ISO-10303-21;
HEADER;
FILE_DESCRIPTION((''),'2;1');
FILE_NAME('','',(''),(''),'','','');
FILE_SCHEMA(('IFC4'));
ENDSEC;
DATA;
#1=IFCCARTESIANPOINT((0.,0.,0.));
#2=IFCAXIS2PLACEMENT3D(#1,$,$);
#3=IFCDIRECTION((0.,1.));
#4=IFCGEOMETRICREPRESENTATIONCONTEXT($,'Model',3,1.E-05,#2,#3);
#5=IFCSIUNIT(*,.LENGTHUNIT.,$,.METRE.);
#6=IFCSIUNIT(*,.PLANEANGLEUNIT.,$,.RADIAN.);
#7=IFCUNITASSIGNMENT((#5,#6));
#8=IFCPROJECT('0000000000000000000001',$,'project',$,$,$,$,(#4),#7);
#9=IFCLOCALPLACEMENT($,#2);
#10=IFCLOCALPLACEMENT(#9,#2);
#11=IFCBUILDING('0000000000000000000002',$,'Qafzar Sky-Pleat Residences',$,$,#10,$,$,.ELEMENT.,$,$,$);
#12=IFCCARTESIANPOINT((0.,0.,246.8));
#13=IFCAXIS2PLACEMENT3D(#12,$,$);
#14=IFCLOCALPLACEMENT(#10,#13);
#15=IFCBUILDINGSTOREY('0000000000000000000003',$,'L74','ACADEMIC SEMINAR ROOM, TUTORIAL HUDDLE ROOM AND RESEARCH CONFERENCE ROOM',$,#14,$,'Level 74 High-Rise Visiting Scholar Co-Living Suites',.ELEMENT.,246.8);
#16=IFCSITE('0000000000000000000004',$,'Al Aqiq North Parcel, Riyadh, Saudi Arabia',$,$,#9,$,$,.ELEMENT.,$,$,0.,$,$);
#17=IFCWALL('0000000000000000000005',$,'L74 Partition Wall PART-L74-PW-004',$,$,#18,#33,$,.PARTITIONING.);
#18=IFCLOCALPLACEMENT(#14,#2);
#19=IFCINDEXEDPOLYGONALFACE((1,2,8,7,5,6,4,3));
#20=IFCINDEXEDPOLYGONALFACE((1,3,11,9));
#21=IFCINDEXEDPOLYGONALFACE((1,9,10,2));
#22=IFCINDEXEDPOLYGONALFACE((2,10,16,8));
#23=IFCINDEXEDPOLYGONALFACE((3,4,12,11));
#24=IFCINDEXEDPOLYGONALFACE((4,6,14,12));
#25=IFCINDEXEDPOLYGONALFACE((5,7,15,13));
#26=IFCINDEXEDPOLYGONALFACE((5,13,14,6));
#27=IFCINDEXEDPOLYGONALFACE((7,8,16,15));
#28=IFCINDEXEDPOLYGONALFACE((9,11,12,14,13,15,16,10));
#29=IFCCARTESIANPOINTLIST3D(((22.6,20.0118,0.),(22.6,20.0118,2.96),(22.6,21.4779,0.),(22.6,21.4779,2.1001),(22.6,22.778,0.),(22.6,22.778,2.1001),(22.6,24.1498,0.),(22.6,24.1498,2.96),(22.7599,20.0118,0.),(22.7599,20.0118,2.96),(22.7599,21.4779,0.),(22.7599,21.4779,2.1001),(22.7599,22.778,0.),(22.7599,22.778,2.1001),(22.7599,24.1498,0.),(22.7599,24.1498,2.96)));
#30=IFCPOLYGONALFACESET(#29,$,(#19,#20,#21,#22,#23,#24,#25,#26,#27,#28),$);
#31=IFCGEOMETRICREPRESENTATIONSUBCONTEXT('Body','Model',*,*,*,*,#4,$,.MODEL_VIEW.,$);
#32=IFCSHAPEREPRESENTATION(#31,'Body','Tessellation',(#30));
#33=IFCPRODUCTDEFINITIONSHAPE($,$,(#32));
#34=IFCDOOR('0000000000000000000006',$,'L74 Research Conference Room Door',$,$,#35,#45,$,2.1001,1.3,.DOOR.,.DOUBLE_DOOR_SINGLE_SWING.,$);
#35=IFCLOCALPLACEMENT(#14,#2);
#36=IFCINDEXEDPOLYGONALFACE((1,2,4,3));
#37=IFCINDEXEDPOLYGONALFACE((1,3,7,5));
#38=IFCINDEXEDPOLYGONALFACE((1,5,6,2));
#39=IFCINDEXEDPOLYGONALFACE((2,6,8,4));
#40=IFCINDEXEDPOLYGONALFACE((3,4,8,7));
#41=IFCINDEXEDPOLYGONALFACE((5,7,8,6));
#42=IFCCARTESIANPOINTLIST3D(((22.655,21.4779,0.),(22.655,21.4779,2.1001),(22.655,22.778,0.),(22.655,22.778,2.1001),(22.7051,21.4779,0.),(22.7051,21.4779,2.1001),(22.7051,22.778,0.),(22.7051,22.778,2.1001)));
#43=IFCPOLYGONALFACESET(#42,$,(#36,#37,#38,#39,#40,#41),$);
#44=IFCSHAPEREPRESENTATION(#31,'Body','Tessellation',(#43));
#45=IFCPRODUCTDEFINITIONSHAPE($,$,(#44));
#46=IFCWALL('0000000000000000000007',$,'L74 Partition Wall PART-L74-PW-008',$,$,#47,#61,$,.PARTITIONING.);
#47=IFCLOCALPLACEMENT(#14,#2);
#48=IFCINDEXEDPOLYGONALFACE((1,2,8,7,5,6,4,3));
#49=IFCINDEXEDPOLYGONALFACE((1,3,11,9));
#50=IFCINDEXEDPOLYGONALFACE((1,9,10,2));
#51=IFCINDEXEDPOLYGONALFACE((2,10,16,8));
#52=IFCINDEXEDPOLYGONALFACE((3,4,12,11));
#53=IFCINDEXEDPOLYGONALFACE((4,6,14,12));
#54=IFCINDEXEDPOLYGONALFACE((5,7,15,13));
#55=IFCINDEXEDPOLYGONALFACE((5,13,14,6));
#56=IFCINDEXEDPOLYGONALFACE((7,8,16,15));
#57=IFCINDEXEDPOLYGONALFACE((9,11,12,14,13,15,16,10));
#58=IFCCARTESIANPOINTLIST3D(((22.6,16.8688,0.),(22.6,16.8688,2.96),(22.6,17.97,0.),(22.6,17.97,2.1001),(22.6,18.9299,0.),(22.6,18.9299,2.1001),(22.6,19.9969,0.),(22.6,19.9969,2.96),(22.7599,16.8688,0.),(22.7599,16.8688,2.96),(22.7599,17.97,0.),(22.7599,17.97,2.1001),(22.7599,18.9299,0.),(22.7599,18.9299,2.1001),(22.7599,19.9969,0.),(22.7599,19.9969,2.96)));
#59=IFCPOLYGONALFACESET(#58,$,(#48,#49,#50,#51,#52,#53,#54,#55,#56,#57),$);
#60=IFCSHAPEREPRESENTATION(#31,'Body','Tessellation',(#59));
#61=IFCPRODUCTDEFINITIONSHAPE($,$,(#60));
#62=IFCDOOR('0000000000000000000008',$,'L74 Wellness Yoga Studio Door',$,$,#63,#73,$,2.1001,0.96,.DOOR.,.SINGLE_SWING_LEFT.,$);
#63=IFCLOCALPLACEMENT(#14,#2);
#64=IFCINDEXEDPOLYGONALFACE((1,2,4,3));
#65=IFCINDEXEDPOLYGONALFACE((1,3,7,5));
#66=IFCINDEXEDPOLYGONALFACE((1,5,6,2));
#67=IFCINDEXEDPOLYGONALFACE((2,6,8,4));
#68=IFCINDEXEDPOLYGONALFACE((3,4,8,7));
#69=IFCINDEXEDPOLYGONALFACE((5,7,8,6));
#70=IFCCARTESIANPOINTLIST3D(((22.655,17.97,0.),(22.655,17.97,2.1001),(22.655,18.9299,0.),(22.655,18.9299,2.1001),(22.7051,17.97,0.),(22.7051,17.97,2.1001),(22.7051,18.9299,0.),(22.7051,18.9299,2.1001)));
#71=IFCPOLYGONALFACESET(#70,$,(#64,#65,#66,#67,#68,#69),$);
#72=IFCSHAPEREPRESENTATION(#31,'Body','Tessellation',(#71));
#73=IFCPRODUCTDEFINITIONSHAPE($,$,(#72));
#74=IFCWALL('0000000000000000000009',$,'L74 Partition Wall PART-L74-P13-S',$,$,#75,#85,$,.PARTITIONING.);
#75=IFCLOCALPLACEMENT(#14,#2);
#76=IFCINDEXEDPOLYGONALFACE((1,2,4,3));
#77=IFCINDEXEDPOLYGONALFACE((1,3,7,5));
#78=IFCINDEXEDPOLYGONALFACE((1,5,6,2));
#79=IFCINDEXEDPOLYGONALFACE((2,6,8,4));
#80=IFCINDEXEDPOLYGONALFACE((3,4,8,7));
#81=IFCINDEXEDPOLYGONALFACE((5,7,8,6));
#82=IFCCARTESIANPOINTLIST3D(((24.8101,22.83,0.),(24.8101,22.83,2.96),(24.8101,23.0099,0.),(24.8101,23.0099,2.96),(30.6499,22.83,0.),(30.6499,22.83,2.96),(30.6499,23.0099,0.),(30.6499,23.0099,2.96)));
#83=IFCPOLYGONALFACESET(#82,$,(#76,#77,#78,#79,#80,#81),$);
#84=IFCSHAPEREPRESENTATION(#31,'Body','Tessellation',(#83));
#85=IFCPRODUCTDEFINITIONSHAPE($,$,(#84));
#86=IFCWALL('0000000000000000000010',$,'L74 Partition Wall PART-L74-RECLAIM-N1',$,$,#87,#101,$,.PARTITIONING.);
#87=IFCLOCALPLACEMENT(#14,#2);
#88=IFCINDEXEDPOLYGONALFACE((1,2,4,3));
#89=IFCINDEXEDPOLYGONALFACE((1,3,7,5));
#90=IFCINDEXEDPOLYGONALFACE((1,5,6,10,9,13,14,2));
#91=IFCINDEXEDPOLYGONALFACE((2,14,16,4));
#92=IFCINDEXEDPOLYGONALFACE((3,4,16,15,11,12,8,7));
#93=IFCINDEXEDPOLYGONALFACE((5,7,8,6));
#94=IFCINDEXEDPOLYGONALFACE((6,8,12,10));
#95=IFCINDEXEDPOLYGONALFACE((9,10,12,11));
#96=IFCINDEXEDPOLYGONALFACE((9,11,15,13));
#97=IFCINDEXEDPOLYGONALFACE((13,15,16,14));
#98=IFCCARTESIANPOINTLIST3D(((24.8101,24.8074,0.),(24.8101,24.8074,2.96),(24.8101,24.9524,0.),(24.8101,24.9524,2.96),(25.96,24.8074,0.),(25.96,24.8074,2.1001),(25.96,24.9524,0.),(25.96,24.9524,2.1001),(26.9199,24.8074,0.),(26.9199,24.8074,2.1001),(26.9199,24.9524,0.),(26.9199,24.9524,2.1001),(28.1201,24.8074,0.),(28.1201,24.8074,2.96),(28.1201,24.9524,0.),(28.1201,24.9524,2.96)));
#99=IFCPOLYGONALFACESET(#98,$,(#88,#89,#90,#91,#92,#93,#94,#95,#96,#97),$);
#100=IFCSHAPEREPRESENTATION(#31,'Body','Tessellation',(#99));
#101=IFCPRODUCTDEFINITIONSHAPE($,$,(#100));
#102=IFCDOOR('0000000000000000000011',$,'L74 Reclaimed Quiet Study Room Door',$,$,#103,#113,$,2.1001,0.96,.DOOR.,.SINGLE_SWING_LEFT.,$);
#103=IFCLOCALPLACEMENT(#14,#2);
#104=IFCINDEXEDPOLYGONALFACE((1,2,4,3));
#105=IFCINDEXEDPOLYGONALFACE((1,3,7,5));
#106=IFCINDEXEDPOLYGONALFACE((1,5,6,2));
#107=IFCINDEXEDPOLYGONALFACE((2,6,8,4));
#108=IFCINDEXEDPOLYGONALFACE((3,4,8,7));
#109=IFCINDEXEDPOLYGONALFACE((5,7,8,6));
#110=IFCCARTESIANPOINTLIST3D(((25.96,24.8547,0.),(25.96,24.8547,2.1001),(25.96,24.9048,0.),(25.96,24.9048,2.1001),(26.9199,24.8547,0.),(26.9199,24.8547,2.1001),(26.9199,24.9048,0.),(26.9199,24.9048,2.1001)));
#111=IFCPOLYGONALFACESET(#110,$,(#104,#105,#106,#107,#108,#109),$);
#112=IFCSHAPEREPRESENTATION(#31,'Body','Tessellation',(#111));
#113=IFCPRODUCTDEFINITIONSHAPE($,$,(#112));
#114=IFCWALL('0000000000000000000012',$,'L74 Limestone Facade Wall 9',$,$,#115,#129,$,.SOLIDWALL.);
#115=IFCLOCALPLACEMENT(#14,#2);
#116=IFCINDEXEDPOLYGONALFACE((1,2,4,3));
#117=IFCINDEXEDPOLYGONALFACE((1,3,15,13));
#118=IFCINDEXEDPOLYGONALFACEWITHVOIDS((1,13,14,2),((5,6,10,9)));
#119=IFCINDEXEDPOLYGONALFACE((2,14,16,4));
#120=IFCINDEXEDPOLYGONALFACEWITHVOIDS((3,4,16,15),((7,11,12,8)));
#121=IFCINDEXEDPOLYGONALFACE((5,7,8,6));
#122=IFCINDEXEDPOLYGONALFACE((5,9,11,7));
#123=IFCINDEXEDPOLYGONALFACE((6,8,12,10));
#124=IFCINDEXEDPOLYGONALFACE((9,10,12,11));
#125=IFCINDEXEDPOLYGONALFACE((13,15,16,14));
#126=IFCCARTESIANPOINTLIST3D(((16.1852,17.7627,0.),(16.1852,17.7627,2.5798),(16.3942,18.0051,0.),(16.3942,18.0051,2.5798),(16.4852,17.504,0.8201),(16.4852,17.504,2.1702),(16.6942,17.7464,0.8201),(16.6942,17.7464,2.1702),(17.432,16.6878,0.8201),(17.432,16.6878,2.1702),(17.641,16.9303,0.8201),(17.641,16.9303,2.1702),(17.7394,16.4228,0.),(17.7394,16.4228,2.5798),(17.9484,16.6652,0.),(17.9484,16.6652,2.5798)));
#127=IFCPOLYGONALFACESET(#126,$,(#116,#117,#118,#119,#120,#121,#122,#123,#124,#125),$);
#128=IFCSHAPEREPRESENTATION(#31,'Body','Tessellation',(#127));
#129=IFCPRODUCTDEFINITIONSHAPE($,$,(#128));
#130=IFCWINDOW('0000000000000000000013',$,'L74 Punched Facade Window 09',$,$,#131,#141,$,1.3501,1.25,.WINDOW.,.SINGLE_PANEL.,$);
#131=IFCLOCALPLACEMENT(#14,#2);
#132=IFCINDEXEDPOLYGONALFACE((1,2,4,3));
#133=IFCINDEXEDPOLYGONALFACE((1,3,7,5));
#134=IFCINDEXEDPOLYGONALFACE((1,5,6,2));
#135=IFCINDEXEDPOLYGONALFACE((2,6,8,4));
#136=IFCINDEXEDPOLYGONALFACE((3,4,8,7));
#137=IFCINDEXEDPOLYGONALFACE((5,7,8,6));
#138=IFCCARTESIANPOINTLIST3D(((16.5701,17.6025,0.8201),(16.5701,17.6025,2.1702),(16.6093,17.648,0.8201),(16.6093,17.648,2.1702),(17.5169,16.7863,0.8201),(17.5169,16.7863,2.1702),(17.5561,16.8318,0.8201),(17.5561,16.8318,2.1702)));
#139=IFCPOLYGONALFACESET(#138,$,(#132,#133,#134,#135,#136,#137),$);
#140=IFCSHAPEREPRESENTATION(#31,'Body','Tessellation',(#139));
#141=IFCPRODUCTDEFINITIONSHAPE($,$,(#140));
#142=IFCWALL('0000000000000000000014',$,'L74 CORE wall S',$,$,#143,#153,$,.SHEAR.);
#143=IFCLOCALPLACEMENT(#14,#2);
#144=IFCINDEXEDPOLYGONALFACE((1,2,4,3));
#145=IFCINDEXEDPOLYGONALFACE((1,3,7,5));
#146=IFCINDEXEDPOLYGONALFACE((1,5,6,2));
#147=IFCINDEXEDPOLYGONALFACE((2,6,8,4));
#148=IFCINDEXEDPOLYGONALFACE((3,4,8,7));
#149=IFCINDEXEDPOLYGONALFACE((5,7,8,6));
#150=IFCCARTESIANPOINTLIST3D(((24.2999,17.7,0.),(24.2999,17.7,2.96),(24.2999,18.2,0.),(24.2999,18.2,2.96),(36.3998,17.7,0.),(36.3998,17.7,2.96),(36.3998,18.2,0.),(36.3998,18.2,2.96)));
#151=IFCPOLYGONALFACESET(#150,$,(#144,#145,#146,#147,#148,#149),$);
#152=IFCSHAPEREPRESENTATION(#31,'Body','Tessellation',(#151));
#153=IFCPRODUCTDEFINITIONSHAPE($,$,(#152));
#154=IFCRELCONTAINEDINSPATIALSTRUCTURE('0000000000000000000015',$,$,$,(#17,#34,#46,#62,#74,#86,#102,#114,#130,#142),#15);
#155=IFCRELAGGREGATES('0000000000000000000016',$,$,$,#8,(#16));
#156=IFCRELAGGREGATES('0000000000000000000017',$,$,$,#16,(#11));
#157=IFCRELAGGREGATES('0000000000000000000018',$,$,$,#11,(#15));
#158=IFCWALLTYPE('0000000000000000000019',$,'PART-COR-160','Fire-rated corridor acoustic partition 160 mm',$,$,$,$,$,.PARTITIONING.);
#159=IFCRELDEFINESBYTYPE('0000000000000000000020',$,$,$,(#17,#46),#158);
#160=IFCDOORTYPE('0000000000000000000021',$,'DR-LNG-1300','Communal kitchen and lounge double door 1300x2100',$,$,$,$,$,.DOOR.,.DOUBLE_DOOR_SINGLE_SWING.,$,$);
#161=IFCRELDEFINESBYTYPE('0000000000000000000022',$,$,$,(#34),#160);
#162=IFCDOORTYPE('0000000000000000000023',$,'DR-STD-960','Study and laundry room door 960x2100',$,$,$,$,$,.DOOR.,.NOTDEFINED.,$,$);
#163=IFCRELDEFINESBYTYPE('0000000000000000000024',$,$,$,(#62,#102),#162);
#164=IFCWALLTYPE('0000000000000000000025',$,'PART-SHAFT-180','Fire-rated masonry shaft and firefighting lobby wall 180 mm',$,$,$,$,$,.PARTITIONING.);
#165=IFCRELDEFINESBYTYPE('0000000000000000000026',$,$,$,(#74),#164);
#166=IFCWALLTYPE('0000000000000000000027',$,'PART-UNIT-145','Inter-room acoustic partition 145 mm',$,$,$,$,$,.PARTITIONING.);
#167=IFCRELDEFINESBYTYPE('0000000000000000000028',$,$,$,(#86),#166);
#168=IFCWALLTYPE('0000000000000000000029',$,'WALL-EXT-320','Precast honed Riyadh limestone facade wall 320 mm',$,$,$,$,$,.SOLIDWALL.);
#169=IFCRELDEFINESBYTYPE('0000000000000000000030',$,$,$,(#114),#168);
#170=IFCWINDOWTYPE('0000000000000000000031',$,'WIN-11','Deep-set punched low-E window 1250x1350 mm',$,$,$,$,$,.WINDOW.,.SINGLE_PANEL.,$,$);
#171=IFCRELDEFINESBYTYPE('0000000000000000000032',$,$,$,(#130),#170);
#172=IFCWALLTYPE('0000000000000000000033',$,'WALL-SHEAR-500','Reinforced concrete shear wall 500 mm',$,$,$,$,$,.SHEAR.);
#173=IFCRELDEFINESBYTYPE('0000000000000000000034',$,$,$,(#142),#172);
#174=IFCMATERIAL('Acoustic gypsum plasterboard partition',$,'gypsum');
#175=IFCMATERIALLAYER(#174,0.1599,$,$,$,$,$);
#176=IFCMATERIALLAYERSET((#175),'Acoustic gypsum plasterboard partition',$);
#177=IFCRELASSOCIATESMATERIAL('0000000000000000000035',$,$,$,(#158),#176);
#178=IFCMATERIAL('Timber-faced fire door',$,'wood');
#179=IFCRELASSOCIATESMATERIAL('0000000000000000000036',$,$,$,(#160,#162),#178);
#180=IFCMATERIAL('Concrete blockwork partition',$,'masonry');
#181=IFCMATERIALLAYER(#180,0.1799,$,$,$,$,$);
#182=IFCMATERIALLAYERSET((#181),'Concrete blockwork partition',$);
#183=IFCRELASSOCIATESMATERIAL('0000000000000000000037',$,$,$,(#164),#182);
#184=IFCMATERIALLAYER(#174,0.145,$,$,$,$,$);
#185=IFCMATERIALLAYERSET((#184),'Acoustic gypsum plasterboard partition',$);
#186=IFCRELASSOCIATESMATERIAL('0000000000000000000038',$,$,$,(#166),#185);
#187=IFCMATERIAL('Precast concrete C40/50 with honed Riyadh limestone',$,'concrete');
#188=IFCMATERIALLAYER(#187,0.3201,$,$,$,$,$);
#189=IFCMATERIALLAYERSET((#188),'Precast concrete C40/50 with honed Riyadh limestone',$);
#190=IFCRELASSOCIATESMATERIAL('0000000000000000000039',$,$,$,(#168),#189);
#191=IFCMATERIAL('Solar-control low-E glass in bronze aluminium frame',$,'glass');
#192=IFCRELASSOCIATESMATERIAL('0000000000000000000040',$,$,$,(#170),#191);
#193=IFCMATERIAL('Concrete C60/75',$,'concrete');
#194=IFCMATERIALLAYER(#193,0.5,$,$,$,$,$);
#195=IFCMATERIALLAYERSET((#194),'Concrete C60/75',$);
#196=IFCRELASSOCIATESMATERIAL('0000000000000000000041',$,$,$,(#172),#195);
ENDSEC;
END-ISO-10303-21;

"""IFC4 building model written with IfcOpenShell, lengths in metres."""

from ifc_helpers import new_model, si_unit, direction, frame, frame_2d, origin, place, context, subcontext, project, spatial, rectangle, extrude, source, transform, mapped, material, layer, layer_set, type_object, element, fill, save


model = new_model("IFC4")

# Units and contexts
model_context = context("Model", 3, precision=1e-05, world=origin(), true_north=direction((0.0, 1.0)))
body_context = subcontext(model_context, "Body", "Model", "MODEL_VIEW")
ifc_project = project(units=[si_unit("LENGTHUNIT", "METRE"), si_unit("PLANEANGLEUNIT", "RADIAN")], contexts=[model_context])

# Site, building, storey
site_placement = place(None, origin())
site = spatial("IfcSite", under=ifc_project, at=site_placement, Name="Al Aqiq North Parcel, Riyadh, Saudi Arabia", CompositionType="ELEMENT", RefElevation=0.0)
building_placement = place(site_placement, origin())
building = spatial("IfcBuilding", under=site, at=building_placement, Name="Qafzar Sky-Pleat Residences", CompositionType="ELEMENT")
storey_placement = place(building_placement, frame((0.0, 0.0, 246.8)))
storey = spatial("IfcBuildingStorey", under=building, at=storey_placement, Name="L74", Description="ACADEMIC SEMINAR ROOM, TUTORIAL HUDDLE ROOM AND RESEARCH CONFERENCE ROOM", LongName="Level 74 High-Rise Visiting Scholar Co-Living Suites", CompositionType="ELEMENT", Elevation=246.8)

# Walls, openings, doors
ifc_material_1 = material(Name="Acoustic gypsum plasterboard partition", Category="gypsum")
ifc_layer_1 = layer(ifc_material_1, 0.1599)
ifc_layer_set_1 = layer_set([ifc_layer_1], Name="Acoustic gypsum plasterboard partition")
wall_type_1 = type_object("IfcWallType", Name="PART-COR-160", Description="Fire-rated corridor acoustic partition 160 mm", PredefinedType="PARTITIONING", material=ifc_layer_set_1)
wall_1_placement = place(storey_placement, frame((22.6799, 20.012, 0.0), z_axis=(0.0, 0.0, 1.0), x_axis=(0.0, 1.0, 0.0)))
wall_1 = element("IfcWall", 1, at=wall_1_placement, inside=storey, type_object=wall_type_1, Name="L74 Partition Wall PART-L74-PW-004", PredefinedType="PARTITIONING", context=body_context, shape_type="SweptSolid", body=[
    extrude(rectangle(XDim=4.1379, YDim=0.1599, at=frame_2d((2.0688, 0.0))), origin(), (0.0, 0.0, 1.0), 2.96),
])
opening_1_placement = place(wall_1_placement, frame((1.4661, 0.0, 0.0)))
opening_1 = element("IfcOpeningElement", 2, at=opening_1_placement, cuts=wall_1, PredefinedType="OPENING", context=body_context, shape_type="SweptSolid", body=[
    extrude(rectangle(XDim=1.3, YDim=2.1001, at=frame_2d((0.6499, 1.05))), frame((0.0, 0.0898, 0.0), z_axis=(0.0, -1.0, 0.0), x_axis=(1.0, 0.0, 0.0)), (0.0, 0.0, 1.0), 0.1799),
])
ifc_material_2 = material(Name="Timber-faced fire door", Category="wood")
door_type_1 = type_object("IfcDoorType", Name="DR-LNG-1300", Description="Communal kitchen and lounge double door 1300x2100", OperationType="DOUBLE_DOOR_SINGLE_SWING", PredefinedType="DOOR", material=ifc_material_2)
shared_shape_1 = source(origin(), body_context, "Body", "SweptSolid", [
    extrude(rectangle(XDim=1.3, YDim=2.1001, at=frame_2d((0.6499, 1.05))), frame((0.0, 0.0249, 0.0), z_axis=(0.0, -1.0, 0.0), x_axis=(1.0, 0.0, 0.0)), (0.0, 0.0, 1.0), 0.05),
])
door_1_placement = place(opening_1_placement, origin())
door_1 = element("IfcDoor", 3, at=door_1_placement, inside=storey, type_object=door_type_1, Name="L74 Research Conference Room Door", OperationType="DOUBLE_DOOR_SINGLE_SWING", OverallHeight=2.1001, OverallWidth=1.3, PredefinedType="DOOR", context=body_context, shape_type="MappedRepresentation", body=[
    mapped(shared_shape_1, transform((0.0, 0.0, 0.0), x_axis=(1.0, 0.0, 0.0), y_axis=(0.0, 1.0, 0.0), z_axis=(0.0, 0.0, 1.0), scale=1.0)),
])
fill(opening_1, door_1)
wall_2_placement = place(storey_placement, frame((22.6799, 16.8689, 0.0), z_axis=(0.0, 0.0, 1.0), x_axis=(0.0, 1.0, 0.0)))
wall_2 = element("IfcWall", 4, at=wall_2_placement, inside=storey, type_object=wall_type_1, Name="L74 Partition Wall PART-L74-PW-008", PredefinedType="PARTITIONING", context=body_context, shape_type="SweptSolid", body=[
    extrude(rectangle(XDim=3.1282, YDim=0.1599, at=frame_2d((1.564, 0.0))), origin(), (0.0, 0.0, 1.0), 2.96),
])
opening_2_placement = place(wall_2_placement, frame((1.1011, 0.0, 0.0)))
opening_2 = element("IfcOpeningElement", 5, at=opening_2_placement, cuts=wall_2, PredefinedType="OPENING", context=body_context, shape_type="SweptSolid", body=[
    extrude(rectangle(XDim=0.96, YDim=2.1001, at=frame_2d((0.48, 1.05))), frame((0.0, 0.0898, 0.0), z_axis=(0.0, -1.0, 0.0), x_axis=(1.0, 0.0, 0.0)), (0.0, 0.0, 1.0), 0.1799),
])
door_type_2 = type_object("IfcDoorType", Name="DR-STD-960", Description="Study and laundry room door 960x2100", OperationType="NOTDEFINED", PredefinedType="DOOR", material=ifc_material_2)
shared_shape_2 = source(origin(), body_context, "Body", "SweptSolid", [
    extrude(rectangle(XDim=0.96, YDim=2.1001, at=frame_2d((0.48, 1.05))), frame((0.0, 0.0249, 0.0), z_axis=(0.0, -1.0, 0.0), x_axis=(1.0, 0.0, 0.0)), (0.0, 0.0, 1.0), 0.05),
])
door_2_placement = place(opening_2_placement, origin())
door_2 = element("IfcDoor", 6, at=door_2_placement, inside=storey, type_object=door_type_2, Name="L74 Wellness Yoga Studio Door", OperationType="SINGLE_SWING_LEFT", OverallHeight=2.1001, OverallWidth=0.96, PredefinedType="DOOR", context=body_context, shape_type="MappedRepresentation", body=[
    mapped(shared_shape_2, transform((0.0, 0.0, 0.0), x_axis=(1.0, 0.0, 0.0), y_axis=(0.0, 1.0, 0.0), z_axis=(0.0, 0.0, 1.0), scale=1.0)),
])
fill(opening_2, door_2)

# Wall
ifc_material_3 = material(Name="Concrete blockwork partition", Category="masonry")
ifc_layer_2 = layer(ifc_material_3, 0.1799)
ifc_layer_set_2 = layer_set([ifc_layer_2], Name="Concrete blockwork partition")
wall_type_2 = type_object("IfcWallType", Name="PART-SHAFT-180", Description="Fire-rated masonry shaft and firefighting lobby wall 180 mm", PredefinedType="PARTITIONING", material=ifc_layer_set_2)
wall_3_placement = place(storey_placement, frame((24.8101, 22.9199, 0.0), z_axis=(0.0, 0.0, 1.0), x_axis=(1.0, 0.0, 0.0)))
element("IfcWall", 7, at=wall_3_placement, inside=storey, type_object=wall_type_2, Name="L74 Partition Wall PART-L74-P13-S", PredefinedType="PARTITIONING", context=body_context, shape_type="SweptSolid", body=[
    extrude(rectangle(XDim=5.8398, YDim=0.1799, at=frame_2d((2.9199, 0.0))), origin(), (0.0, 0.0, 1.0), 2.96),
])

# Wall, opening, door
ifc_layer_3 = layer(ifc_material_1, 0.145)
ifc_layer_set_3 = layer_set([ifc_layer_3], Name="Acoustic gypsum plasterboard partition")
wall_type_3 = type_object("IfcWallType", Name="PART-UNIT-145", Description="Inter-room acoustic partition 145 mm", PredefinedType="PARTITIONING", material=ifc_layer_set_3)
wall_4_placement = place(storey_placement, frame((24.8101, 24.8799, 0.0), z_axis=(0.0, 0.0, 1.0), x_axis=(1.0, 0.0, 0.0)))
wall_4 = element("IfcWall", 8, at=wall_4_placement, inside=storey, type_object=wall_type_3, Name="L74 Partition Wall PART-L74-RECLAIM-N1", PredefinedType="PARTITIONING", context=body_context, shape_type="SweptSolid", body=[
    extrude(rectangle(XDim=3.3101, YDim=0.145, at=frame_2d((1.655, 0.0))), origin(), (0.0, 0.0, 1.0), 2.96),
])
opening_3_placement = place(wall_4_placement, frame((1.1499, 0.0, 0.0)))
opening_3 = element("IfcOpeningElement", 9, at=opening_3_placement, cuts=wall_4, PredefinedType="OPENING", context=body_context, shape_type="SweptSolid", body=[
    extrude(rectangle(XDim=0.96, YDim=2.1001, at=frame_2d((0.48, 1.05))), frame((0.0, 0.0825, 0.0), z_axis=(0.0, -1.0, 0.0), x_axis=(1.0, 0.0, 0.0)), (0.0, 0.0, 1.0), 0.165),
])
door_3_placement = place(opening_3_placement, origin())
door_3 = element("IfcDoor", 10, at=door_3_placement, inside=storey, type_object=door_type_2, Name="L74 Reclaimed Quiet Study Room Door", OperationType="SINGLE_SWING_LEFT", OverallHeight=2.1001, OverallWidth=0.96, PredefinedType="DOOR", context=body_context, shape_type="MappedRepresentation", body=[
    mapped(shared_shape_2, transform((0.0, 0.0, 0.0), x_axis=(1.0, 0.0, 0.0), y_axis=(0.0, 1.0, 0.0), z_axis=(0.0, 0.0, 1.0), scale=1.0)),
])
fill(opening_3, door_3)

# Wall, opening, window
ifc_material_4 = material(Name="Precast concrete C40/50 with honed Riyadh limestone", Category="concrete")
ifc_layer_4 = layer(ifc_material_4, 0.3201)
ifc_layer_set_4 = layer_set([ifc_layer_4], Name="Precast concrete C40/50 with honed Riyadh limestone")
wall_type_4 = type_object("IfcWallType", Name="WALL-EXT-320", Description="Precast honed Riyadh limestone facade wall 320 mm", PredefinedType="SOLIDWALL", material=ifc_layer_set_4)
wall_5_placement = place(storey_placement, frame((16.2898, 17.8838, 0.0), z_axis=(0.0, 0.0, 1.0), x_axis=(0.757406, -0.652944, 0.0)))
wall_5 = element("IfcWall", 11, at=wall_5_placement, inside=storey, type_object=wall_type_4, Name="L74 Limestone Facade Wall 9", PredefinedType="SOLIDWALL", context=body_context, shape_type="SweptSolid", body=[
    extrude(rectangle(XDim=2.052, YDim=0.3201, at=frame_2d((1.0259, 0.0))), origin(), (0.0, 0.0, 1.0), 2.5798),
])
opening_4_placement = place(wall_5_placement, frame((0.396, 0.0, 0.8201)))
opening_4 = element("IfcOpeningElement", 12, at=opening_4_placement, cuts=wall_5, PredefinedType="OPENING", context=body_context, shape_type="SweptSolid", body=[
    extrude(rectangle(XDim=1.25, YDim=1.3501, at=frame_2d((0.625, 0.675))), frame((0.0, 0.1699, 0.0), z_axis=(0.0, -1.0, 0.0), x_axis=(1.0, 0.0, 0.0)), (0.0, 0.0, 1.0), 0.3401),
])
ifc_material_5 = material(Name="Solar-control low-E glass in bronze aluminium frame", Category="glass")
window_type = type_object("IfcWindowType", Name="WIN-11", Description="Deep-set punched low-E window 1250x1350 mm", PartitioningType="SINGLE_PANEL", PredefinedType="WINDOW", material=ifc_material_5)
shared_shape_3 = source(origin(), body_context, "Body", "SweptSolid", [
    extrude(rectangle(XDim=1.25, YDim=1.3501, at=frame_2d((0.625, 0.675))), frame((0.0, 0.03, 0.0), z_axis=(0.0, -1.0, 0.0), x_axis=(1.0, 0.0, 0.0)), (0.0, 0.0, 1.0), 0.0601),
])
window_placement = place(opening_4_placement, origin())
window = element("IfcWindow", 13, at=window_placement, inside=storey, type_object=window_type, Name="L74 Punched Facade Window 09", OverallHeight=1.3501, OverallWidth=1.25, PartitioningType="SINGLE_PANEL", PredefinedType="WINDOW", context=body_context, shape_type="MappedRepresentation", body=[
    mapped(shared_shape_3, transform((0.0, 0.0, 0.0), x_axis=(1.0, 0.0, 0.0), y_axis=(0.0, 1.0, 0.0), z_axis=(0.0, 0.0, 1.0), scale=1.0)),
])
fill(opening_4, window)

# Shared definitions
ifc_material_6 = material(Name="Concrete C60/75", Category="concrete")

# Wall
ifc_layer_5 = layer(ifc_material_6, 0.5)
ifc_layer_set_5 = layer_set([ifc_layer_5], Name="Concrete C60/75")
wall_type_5 = type_object("IfcWallType", Name="WALL-SHEAR-500", Description="Reinforced concrete shear wall 500 mm", PredefinedType="SHEAR", material=ifc_layer_set_5)
wall_6_placement = place(storey_placement, frame((24.3, 17.95, 0.0), z_axis=(0.0, 0.0, 1.0), x_axis=(1.0, 0.0, 0.0)))
element("IfcWall", 14, at=wall_6_placement, inside=storey, type_object=wall_type_5, Name="L74 CORE wall S", PredefinedType="SHEAR", context=body_context, shape_type="SweptSolid", body=[
    extrude(rectangle(XDim=12.0999, YDim=0.5, at=frame_2d((6.0498, 0.0))), origin(), (0.0, 0.0, 1.0), 2.96),
])

save(model, "model.ifc")
